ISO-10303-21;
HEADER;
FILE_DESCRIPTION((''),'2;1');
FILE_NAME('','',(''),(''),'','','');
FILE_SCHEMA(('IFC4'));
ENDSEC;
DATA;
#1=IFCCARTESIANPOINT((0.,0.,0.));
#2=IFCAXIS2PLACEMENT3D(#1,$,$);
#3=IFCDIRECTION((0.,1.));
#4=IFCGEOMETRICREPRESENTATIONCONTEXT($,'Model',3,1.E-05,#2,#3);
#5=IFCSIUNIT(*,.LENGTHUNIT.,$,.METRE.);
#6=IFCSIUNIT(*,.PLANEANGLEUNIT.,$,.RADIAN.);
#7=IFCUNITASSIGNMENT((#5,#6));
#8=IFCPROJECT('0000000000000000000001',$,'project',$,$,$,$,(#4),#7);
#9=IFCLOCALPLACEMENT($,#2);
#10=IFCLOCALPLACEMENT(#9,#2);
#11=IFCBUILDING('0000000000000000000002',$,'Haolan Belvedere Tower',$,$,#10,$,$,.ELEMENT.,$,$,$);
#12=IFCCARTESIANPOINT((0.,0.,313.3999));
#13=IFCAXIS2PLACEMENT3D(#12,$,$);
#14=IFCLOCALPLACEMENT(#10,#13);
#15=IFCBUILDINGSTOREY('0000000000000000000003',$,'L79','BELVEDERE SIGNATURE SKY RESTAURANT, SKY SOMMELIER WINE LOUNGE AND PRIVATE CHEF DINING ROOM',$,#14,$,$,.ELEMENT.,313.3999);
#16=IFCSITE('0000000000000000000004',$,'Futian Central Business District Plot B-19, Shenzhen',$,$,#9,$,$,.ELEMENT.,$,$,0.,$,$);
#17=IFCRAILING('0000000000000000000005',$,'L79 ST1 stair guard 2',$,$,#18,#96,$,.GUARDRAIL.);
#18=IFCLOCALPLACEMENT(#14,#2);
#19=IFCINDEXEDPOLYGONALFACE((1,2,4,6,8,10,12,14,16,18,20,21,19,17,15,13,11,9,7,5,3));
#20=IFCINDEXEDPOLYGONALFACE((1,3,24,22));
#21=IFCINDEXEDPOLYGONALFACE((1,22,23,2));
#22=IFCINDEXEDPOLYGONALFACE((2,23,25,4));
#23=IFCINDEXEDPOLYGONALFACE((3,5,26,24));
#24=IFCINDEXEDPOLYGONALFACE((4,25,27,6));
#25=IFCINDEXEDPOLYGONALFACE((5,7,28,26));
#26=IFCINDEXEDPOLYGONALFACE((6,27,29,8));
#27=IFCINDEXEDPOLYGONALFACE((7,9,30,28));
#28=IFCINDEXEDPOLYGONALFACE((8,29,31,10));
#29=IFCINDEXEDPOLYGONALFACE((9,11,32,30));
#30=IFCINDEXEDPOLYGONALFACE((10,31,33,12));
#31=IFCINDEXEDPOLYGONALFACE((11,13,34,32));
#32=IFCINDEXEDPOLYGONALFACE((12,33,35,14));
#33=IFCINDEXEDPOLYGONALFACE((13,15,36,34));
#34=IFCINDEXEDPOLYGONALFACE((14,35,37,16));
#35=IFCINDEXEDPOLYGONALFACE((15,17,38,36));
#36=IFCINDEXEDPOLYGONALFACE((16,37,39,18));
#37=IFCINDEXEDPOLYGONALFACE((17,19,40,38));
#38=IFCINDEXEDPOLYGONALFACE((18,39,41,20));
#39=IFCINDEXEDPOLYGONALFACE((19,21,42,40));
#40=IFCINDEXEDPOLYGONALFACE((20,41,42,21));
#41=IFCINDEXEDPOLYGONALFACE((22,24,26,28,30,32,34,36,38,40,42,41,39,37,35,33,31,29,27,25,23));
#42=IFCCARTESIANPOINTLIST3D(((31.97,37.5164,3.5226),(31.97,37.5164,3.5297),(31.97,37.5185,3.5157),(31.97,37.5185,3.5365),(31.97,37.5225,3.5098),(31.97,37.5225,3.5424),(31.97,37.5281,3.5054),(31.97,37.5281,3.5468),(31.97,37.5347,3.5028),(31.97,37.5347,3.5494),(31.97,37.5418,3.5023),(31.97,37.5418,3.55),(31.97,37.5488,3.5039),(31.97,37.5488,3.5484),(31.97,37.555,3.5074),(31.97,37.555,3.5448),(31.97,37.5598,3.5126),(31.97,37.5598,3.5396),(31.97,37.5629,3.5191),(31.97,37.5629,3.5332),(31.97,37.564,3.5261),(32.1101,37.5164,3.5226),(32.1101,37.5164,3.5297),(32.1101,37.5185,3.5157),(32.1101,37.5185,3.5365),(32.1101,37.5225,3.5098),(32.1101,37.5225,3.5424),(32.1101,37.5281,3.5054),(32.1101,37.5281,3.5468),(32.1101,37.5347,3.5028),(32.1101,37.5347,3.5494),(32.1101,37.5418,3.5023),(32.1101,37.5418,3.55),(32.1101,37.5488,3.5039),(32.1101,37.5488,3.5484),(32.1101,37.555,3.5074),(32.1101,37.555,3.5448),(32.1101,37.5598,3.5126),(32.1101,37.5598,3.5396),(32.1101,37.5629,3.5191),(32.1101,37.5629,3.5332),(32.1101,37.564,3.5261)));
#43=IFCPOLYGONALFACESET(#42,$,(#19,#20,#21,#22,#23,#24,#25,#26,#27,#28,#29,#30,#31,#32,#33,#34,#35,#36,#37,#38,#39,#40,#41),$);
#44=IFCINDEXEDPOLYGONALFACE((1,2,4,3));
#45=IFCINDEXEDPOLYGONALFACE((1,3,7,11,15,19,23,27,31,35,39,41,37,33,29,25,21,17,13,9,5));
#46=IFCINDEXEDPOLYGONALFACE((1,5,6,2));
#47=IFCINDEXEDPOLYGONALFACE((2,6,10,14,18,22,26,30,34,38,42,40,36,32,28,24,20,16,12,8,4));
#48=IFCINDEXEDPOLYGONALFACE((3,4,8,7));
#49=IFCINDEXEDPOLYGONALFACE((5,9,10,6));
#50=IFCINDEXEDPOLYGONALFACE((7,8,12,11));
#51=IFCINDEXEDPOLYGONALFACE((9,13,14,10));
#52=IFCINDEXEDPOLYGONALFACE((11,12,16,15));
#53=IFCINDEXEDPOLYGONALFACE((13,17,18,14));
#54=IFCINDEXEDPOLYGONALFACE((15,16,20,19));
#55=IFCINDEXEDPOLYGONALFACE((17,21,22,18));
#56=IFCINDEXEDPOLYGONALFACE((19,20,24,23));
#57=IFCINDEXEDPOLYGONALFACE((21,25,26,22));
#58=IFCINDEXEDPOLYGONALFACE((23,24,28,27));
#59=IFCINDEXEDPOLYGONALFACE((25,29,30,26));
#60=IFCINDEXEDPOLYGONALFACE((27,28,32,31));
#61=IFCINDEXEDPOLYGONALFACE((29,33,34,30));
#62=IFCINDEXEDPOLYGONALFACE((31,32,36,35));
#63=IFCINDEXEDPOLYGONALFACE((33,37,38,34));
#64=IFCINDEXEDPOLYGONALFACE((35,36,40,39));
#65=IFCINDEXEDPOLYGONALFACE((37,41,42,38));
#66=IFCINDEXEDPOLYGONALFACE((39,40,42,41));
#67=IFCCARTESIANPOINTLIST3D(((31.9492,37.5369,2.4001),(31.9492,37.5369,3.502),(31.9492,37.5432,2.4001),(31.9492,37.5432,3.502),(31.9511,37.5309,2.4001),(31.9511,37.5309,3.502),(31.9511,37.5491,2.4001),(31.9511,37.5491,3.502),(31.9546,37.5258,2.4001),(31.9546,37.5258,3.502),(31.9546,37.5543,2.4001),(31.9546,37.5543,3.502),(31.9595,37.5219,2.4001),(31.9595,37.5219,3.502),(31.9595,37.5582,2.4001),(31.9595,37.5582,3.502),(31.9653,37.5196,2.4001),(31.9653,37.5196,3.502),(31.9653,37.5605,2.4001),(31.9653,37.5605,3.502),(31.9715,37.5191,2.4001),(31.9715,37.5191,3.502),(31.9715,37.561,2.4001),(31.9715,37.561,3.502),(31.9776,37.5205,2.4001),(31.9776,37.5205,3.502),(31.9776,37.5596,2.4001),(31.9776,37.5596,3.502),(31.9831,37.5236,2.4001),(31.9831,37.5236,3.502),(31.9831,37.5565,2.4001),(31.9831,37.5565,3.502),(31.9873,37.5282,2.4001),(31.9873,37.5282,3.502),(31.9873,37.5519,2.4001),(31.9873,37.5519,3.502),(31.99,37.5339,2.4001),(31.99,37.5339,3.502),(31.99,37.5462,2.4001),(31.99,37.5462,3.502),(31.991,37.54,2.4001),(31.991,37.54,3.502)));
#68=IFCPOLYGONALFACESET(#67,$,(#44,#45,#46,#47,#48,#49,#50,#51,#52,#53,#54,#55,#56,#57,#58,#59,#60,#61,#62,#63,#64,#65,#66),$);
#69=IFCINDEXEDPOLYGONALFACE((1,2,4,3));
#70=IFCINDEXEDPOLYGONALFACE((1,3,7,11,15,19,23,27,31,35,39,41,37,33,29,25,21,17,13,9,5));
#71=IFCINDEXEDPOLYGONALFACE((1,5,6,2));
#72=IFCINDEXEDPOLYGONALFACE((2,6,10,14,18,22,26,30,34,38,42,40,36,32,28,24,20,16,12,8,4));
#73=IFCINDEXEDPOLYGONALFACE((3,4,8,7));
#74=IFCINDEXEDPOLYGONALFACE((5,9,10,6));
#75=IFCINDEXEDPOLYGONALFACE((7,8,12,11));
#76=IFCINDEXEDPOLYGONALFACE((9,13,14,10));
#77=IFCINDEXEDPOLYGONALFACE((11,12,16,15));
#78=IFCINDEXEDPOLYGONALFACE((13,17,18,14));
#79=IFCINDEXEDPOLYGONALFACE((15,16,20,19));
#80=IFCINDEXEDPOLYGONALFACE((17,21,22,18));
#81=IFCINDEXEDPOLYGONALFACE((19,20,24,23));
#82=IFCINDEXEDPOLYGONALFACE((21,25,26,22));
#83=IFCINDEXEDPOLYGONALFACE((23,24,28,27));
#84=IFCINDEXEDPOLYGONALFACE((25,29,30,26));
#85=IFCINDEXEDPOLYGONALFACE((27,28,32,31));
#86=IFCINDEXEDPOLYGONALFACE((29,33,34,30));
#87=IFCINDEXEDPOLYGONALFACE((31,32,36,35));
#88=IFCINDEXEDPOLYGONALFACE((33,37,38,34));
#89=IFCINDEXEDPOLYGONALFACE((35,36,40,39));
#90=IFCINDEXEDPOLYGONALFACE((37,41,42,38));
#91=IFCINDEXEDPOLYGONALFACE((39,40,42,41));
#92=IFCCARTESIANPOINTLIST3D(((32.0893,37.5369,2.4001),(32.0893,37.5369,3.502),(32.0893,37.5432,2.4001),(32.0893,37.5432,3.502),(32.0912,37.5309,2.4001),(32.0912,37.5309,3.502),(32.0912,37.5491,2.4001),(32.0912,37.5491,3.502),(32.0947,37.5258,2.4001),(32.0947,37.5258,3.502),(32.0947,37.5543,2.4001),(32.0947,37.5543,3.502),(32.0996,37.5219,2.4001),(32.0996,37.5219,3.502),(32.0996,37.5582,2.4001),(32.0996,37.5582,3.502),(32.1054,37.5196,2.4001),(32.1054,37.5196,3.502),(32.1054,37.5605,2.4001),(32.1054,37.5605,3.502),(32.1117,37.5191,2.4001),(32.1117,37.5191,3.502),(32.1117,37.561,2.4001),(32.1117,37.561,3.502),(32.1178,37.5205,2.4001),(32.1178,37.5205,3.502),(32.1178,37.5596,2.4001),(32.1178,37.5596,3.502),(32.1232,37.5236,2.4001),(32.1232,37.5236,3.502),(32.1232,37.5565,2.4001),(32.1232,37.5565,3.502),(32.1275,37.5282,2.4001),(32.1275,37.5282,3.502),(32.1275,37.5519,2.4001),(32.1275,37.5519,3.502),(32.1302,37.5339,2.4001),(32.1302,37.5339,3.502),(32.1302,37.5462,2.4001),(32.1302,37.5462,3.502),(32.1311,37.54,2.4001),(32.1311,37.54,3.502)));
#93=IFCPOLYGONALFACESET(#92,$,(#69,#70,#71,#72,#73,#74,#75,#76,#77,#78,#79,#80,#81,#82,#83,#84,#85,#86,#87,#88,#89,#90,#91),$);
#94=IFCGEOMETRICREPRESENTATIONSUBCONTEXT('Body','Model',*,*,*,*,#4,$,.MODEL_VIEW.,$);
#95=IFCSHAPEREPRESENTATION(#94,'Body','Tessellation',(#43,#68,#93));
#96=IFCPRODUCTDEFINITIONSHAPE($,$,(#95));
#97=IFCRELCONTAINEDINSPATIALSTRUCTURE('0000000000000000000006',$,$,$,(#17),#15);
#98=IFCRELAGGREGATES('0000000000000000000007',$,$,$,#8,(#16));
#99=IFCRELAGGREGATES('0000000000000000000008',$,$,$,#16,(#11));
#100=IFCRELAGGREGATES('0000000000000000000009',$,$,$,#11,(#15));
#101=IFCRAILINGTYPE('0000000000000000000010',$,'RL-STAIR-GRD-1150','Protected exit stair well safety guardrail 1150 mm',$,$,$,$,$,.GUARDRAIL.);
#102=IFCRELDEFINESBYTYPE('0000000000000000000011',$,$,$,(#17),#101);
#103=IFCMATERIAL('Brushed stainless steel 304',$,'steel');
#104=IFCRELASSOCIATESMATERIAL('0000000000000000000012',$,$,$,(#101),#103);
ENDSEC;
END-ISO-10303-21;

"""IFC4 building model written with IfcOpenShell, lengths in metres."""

from ifc_helpers import new_model, si_unit, direction, frame, origin, origin_2d, place, context, subcontext, project, spatial, circle, extrude, material, type_object, element, save


model = new_model("IFC4")

# Units and contexts
model_context = context("Model", 3, precision=1e-05, world=origin(), true_north=direction((0.0, 1.0)))
body_context = subcontext(model_context, "Body", "Model", "MODEL_VIEW")
ifc_project = project(units=[si_unit("LENGTHUNIT", "METRE"), si_unit("PLANEANGLEUNIT", "RADIAN")], contexts=[model_context])

# Site, building, storey
site_placement = place(None, origin())
site = spatial("IfcSite", under=ifc_project, at=site_placement, Name="Futian Central Business District Plot B-19, Shenzhen", CompositionType="ELEMENT", RefElevation=0.0)
building_placement = place(site_placement, origin())
building = spatial("IfcBuilding", under=site, at=building_placement, Name="Haolan Belvedere Tower", CompositionType="ELEMENT")
storey_placement = place(building_placement, frame((0.0, 0.0, 313.3999)))
storey = spatial("IfcBuildingStorey", under=building, at=storey_placement, Name="L79", Description="BELVEDERE SIGNATURE SKY RESTAURANT, SKY SOMMELIER WINE LOUNGE AND PRIVATE CHEF DINING ROOM", CompositionType="ELEMENT", Elevation=313.3999)

# Railing
ifc_material_1 = material(Name="Brushed stainless steel 304", Category="steel")
railing_type_1 = type_object("IfcRailingType", Name="RL-STAIR-GRD-1150", Description="Protected exit stair well safety guardrail 1150 mm", PredefinedType="GUARDRAIL", material=ifc_material_1)
railing_1_placement = place(storey_placement, frame((31.97, 37.54, 2.4001)))
element("IfcRailing", 1, at=railing_1_placement, inside=storey, type_object=railing_type_1, Name="L79 ST1 stair guard 2", PredefinedType="GUARDRAIL", context=body_context, shape_type="SweptSolid", body=[
    extrude(circle(Radius=0.0239, at=origin_2d()), frame((0.0, 0.0, 1.126), z_axis=(1.0, 0.0, 0.0), x_axis=(0.0, 1.0, 0.0)), (0.0, 0.0, 1.0), 0.1401),
    extrude(circle(Radius=0.021, at=origin_2d()), origin(), (0.0, 0.0, 1.0), 1.1018),
    extrude(circle(Radius=0.021, at=origin_2d()), frame((0.1401, 0.0, 0.0)), (0.0, 0.0, 1.0), 1.1018),
])

save(model, "model.ifc")
